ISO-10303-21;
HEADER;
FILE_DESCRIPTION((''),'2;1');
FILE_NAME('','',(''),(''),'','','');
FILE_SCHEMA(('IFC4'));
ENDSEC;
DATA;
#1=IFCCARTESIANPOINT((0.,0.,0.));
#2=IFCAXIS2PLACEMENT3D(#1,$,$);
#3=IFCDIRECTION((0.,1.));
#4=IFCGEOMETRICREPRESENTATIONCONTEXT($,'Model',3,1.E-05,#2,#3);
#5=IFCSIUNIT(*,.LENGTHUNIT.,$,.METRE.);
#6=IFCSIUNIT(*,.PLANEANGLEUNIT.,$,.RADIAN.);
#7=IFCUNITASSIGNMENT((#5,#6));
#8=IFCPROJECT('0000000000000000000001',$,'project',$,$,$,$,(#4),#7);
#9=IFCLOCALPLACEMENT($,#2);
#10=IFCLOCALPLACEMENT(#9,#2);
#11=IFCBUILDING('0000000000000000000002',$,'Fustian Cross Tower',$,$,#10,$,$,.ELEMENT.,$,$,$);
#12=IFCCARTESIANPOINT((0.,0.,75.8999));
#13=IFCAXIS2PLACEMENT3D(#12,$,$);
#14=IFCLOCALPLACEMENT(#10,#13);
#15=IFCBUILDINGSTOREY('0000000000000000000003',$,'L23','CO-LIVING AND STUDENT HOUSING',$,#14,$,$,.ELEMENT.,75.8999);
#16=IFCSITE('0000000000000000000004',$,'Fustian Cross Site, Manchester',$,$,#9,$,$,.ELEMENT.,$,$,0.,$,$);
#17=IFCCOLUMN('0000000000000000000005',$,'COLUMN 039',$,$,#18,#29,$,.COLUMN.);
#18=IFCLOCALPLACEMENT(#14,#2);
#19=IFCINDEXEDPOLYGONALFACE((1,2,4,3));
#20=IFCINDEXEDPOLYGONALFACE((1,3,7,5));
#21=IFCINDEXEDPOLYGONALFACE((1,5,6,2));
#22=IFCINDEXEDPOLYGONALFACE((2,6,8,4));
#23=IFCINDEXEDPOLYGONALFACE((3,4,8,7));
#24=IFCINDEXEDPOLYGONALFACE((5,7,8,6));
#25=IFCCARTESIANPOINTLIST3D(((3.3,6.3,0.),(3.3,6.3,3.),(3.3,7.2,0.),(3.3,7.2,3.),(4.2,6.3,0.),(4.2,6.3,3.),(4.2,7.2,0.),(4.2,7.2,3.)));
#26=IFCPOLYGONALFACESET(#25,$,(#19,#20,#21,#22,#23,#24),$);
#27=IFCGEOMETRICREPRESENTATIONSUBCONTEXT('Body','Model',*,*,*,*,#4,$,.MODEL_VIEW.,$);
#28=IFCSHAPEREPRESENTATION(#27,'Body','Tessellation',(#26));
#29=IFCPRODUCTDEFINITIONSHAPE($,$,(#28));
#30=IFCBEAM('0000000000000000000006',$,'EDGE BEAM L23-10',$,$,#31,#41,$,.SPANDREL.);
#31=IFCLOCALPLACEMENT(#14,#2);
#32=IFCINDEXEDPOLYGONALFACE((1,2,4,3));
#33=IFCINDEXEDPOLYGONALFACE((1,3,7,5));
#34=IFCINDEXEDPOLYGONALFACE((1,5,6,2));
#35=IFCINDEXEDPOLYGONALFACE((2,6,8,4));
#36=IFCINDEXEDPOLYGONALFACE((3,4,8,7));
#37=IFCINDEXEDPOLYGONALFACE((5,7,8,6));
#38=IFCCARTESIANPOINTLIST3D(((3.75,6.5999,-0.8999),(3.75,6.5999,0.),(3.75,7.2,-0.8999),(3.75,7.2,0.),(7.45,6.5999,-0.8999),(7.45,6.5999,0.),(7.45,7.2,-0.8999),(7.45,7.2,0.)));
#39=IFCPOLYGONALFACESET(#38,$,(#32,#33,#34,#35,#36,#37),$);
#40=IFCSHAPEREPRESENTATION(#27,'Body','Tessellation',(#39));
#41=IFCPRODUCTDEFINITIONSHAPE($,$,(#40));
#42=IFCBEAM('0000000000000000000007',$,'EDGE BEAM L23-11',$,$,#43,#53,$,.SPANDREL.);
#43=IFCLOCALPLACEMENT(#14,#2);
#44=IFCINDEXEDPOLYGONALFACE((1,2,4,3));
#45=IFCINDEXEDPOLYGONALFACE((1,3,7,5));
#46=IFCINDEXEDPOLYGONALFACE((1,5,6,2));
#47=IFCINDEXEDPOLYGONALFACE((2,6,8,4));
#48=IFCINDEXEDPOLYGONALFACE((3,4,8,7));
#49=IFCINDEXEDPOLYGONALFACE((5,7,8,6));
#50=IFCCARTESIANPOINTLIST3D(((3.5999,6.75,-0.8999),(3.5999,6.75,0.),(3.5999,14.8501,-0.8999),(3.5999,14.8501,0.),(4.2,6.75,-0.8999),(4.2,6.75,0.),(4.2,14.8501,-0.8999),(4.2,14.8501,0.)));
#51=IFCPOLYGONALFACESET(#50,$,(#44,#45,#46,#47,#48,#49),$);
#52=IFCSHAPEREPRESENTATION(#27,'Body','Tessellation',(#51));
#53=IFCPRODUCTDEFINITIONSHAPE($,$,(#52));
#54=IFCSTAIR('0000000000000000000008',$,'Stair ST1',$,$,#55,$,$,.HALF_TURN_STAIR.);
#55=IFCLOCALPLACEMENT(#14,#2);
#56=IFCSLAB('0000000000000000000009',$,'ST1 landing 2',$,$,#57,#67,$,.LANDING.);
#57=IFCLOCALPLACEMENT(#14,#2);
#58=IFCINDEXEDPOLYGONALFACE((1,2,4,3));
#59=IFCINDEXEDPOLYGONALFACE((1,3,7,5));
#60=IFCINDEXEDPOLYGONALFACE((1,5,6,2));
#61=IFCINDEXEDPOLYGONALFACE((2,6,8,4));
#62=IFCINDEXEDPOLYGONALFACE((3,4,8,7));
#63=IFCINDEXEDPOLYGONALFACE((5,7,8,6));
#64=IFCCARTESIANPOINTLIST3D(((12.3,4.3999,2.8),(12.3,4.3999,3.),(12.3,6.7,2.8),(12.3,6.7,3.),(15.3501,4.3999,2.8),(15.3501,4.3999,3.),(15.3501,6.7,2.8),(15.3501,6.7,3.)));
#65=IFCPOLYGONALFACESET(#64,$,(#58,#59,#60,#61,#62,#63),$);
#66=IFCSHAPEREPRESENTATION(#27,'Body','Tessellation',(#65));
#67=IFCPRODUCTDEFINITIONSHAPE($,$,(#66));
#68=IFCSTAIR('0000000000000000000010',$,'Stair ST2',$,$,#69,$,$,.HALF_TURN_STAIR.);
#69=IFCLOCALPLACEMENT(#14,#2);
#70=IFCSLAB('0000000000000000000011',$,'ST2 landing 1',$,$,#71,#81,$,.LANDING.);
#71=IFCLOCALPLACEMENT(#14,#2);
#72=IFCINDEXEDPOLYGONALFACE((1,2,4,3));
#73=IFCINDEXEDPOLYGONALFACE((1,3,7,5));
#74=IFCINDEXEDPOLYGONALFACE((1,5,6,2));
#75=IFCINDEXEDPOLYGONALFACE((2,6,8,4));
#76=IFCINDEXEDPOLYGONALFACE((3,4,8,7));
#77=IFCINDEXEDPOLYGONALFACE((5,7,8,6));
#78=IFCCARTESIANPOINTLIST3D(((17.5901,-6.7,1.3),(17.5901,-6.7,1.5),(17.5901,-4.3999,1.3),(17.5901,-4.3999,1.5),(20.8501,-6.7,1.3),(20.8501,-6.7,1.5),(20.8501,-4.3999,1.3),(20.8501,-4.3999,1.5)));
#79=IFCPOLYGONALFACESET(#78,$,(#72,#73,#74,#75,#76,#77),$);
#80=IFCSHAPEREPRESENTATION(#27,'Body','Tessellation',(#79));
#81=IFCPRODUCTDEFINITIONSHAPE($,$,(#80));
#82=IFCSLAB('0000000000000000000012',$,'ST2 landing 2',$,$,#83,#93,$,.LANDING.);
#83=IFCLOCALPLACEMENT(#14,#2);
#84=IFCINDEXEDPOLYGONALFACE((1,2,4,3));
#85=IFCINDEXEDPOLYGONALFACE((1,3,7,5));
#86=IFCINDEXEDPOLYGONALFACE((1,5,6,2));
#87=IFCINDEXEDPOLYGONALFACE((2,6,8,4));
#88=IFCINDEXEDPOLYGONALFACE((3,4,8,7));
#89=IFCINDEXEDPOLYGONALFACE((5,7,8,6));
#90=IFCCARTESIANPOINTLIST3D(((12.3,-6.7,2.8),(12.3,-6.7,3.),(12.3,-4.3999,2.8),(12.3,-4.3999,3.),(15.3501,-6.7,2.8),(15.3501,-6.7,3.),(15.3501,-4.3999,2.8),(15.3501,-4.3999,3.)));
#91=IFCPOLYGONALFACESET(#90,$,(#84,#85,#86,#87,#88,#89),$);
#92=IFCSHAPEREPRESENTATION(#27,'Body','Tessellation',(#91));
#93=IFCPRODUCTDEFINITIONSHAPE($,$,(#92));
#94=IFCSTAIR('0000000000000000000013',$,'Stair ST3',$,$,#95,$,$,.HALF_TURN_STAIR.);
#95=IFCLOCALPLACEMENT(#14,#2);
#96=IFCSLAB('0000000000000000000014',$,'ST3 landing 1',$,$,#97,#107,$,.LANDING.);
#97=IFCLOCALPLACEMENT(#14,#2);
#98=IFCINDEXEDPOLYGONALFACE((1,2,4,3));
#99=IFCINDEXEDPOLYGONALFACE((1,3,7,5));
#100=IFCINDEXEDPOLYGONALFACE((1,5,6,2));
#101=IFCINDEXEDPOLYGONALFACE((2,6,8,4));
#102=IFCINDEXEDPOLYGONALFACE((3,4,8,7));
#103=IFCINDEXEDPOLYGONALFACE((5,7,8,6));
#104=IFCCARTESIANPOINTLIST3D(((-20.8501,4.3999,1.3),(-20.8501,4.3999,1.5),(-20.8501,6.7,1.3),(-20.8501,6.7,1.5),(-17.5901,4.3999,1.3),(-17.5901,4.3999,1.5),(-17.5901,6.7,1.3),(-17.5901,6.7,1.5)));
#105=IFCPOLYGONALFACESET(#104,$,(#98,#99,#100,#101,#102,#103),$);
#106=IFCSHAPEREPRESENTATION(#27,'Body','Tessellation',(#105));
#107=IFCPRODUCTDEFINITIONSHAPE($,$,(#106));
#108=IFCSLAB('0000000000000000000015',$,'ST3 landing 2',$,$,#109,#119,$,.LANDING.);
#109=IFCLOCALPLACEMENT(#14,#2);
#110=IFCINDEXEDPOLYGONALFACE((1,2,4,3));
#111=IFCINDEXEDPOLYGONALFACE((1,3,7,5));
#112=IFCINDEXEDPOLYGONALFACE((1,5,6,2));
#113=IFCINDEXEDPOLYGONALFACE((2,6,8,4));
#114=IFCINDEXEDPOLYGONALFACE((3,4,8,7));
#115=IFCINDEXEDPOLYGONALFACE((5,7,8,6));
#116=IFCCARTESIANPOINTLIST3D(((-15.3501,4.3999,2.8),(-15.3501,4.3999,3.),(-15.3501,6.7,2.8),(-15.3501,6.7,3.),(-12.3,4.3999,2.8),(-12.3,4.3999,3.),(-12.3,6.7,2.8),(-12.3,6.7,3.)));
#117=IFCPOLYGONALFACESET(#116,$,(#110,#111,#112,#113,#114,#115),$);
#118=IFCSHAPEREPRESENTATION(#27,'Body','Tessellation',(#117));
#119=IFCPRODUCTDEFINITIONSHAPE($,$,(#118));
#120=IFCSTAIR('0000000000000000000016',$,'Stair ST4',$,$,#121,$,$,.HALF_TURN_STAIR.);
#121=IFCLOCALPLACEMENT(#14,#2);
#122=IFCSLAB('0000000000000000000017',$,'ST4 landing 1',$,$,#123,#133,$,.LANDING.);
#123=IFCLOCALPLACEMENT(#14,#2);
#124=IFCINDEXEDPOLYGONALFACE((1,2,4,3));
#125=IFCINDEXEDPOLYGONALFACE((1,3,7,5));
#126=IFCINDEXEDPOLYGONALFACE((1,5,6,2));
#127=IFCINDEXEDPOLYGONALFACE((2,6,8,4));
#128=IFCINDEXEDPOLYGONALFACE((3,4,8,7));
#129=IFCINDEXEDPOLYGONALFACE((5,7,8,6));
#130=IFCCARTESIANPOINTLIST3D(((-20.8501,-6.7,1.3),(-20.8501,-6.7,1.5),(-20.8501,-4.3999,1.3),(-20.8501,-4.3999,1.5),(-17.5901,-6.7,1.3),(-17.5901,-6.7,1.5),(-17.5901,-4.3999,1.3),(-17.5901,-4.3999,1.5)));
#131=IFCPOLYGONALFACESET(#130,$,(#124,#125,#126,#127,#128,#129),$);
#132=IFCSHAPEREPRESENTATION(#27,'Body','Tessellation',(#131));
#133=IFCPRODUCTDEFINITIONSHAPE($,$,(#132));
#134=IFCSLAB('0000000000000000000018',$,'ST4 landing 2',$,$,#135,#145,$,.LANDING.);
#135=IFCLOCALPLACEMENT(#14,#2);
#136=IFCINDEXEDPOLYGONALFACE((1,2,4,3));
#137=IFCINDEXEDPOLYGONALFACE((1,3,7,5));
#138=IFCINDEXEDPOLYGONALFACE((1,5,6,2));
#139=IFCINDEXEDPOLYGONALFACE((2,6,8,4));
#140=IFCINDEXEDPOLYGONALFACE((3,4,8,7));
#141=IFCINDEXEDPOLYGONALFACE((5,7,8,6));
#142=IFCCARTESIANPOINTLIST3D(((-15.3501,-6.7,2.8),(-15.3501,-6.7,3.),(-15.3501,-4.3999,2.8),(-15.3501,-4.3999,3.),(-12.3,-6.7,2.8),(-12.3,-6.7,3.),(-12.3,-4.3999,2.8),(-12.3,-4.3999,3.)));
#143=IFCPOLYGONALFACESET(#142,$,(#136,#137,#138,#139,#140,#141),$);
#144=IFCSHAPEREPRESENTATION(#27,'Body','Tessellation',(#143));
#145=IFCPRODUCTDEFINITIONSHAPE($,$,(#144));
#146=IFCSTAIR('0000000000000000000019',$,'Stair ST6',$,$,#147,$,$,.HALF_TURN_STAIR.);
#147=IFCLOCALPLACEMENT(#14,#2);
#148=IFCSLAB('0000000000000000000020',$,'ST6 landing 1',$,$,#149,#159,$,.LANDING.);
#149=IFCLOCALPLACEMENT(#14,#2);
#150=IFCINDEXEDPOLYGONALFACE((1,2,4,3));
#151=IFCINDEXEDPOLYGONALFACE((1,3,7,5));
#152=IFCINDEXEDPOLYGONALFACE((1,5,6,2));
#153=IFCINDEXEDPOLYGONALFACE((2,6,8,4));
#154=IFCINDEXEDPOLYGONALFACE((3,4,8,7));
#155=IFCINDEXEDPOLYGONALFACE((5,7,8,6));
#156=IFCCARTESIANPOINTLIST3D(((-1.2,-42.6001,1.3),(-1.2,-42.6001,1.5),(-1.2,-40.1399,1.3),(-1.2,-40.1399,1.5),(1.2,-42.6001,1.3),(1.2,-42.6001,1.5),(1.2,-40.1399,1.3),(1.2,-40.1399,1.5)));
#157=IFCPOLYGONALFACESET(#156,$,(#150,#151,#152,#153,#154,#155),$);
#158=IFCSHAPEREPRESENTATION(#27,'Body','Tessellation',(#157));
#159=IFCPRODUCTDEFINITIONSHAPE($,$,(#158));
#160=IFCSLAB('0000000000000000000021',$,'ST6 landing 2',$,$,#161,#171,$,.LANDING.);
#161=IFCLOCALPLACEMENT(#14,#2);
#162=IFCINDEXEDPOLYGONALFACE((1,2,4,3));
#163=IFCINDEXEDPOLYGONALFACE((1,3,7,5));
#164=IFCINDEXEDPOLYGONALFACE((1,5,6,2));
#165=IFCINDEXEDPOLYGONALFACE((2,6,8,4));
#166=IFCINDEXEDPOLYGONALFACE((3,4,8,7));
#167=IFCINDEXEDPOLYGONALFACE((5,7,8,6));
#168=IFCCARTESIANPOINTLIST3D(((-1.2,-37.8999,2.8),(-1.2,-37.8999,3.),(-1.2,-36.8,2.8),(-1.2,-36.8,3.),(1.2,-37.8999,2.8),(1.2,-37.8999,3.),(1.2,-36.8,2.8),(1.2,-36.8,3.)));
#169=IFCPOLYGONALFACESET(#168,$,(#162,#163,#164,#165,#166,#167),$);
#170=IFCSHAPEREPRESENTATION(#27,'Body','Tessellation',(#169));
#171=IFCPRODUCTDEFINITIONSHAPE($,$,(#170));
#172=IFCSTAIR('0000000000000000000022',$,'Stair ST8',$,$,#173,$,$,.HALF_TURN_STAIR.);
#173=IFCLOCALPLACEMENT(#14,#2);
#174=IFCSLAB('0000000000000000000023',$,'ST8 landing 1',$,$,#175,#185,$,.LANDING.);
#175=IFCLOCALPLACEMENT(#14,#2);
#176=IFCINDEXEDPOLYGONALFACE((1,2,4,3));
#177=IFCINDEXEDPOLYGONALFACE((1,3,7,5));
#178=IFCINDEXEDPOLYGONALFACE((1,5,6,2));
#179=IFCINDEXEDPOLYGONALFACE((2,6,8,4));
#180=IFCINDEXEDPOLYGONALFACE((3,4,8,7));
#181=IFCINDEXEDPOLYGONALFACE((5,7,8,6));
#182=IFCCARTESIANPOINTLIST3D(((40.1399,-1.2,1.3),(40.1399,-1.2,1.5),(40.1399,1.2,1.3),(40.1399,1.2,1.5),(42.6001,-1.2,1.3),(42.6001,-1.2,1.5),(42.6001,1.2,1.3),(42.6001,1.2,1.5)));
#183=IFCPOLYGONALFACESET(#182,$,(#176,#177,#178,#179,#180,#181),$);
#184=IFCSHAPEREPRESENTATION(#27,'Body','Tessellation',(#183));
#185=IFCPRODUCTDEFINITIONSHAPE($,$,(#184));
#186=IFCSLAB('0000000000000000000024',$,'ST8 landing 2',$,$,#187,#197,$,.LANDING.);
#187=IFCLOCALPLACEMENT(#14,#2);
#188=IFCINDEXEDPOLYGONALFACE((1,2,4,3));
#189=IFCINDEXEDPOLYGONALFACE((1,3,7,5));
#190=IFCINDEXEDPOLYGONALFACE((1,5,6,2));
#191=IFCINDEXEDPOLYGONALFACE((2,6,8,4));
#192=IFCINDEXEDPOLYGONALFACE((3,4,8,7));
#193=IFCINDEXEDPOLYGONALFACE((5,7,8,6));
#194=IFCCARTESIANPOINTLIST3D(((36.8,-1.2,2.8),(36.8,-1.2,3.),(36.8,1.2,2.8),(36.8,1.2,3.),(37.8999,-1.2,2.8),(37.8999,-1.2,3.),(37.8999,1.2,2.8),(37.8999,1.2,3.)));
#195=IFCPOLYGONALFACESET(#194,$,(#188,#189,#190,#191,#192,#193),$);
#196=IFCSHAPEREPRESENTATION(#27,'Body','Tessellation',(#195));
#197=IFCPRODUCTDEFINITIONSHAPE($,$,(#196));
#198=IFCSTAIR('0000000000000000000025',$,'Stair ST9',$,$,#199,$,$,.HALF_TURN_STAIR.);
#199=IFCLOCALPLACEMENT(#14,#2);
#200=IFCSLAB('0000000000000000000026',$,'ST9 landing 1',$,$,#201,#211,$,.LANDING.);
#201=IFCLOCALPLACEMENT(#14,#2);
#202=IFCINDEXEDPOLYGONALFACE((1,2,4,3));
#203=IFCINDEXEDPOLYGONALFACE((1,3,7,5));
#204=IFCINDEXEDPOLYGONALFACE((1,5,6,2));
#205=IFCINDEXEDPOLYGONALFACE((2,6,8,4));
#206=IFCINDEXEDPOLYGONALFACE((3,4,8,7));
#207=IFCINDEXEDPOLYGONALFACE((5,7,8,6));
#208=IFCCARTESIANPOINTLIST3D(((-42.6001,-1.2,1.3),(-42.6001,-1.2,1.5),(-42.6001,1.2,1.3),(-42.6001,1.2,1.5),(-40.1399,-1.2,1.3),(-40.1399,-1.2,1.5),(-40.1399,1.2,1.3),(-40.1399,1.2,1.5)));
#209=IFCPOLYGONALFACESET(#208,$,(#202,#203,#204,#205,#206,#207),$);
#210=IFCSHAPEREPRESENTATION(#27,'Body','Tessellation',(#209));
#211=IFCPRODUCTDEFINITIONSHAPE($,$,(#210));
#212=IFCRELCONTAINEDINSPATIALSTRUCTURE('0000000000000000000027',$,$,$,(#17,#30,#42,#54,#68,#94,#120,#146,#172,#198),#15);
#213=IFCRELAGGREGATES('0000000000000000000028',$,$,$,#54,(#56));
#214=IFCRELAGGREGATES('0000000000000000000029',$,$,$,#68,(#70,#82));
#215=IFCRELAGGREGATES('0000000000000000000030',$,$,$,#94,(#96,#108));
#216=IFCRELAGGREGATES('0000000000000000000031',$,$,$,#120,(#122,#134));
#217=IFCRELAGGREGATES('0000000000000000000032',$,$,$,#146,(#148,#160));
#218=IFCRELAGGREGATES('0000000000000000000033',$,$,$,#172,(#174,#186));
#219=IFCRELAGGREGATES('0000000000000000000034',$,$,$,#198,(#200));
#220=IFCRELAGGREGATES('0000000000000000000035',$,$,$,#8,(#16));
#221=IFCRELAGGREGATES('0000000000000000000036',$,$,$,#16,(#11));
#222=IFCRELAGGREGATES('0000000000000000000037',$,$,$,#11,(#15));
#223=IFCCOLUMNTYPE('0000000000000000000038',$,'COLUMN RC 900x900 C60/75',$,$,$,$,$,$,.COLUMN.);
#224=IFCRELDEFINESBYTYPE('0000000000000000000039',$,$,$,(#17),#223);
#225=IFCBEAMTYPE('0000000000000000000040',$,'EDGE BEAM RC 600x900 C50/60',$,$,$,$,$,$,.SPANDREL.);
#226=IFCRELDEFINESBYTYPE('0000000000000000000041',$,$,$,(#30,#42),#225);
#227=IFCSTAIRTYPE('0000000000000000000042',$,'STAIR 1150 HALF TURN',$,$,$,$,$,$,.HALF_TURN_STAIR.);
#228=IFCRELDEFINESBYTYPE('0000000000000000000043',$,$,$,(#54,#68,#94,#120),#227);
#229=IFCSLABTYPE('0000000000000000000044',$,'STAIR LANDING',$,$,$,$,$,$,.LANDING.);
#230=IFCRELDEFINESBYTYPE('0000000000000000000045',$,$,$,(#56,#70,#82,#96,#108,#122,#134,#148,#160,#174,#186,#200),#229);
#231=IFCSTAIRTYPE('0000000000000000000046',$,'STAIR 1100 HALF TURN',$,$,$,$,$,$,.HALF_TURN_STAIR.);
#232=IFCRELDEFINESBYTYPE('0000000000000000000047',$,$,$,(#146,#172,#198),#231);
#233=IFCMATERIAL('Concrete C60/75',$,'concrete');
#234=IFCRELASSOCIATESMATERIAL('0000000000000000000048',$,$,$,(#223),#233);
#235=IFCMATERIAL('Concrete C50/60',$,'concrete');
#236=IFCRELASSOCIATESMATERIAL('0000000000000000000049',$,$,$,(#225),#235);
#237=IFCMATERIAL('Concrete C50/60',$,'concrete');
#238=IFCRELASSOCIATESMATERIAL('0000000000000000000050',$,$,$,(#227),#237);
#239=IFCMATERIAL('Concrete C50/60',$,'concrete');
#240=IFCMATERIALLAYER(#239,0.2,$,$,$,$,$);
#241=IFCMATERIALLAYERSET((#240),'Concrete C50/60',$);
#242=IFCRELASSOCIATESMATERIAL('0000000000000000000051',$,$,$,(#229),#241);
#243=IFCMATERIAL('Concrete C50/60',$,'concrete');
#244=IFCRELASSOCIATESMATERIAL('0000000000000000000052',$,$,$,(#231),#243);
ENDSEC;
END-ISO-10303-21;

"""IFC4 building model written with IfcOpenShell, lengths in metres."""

from ifc_helpers import new_model, si_unit, direction, frame, origin, origin_2d, place, context, subcontext, project, spatial, polyline, rectangle, outline, extrude, material, layer, layer_set, material_profile, profile_set, type_object, element, aggregate, save


model = new_model("IFC4")

# Units and contexts
model_context = context("Model", 3, precision=1e-05, world=origin(), true_north=direction((0.0, 1.0)))
body_context = subcontext(model_context, "Body", "Model", "MODEL_VIEW")
ifc_project = project(units=[si_unit("LENGTHUNIT", "METRE"), si_unit("PLANEANGLEUNIT", "RADIAN")], contexts=[model_context])

# Site, building, storey
site_placement = place(None, origin())
site = spatial("IfcSite", under=ifc_project, at=site_placement, Name="Fustian Cross Site, Manchester", CompositionType="ELEMENT", RefElevation=0.0)
building_placement = place(site_placement, origin())
building = spatial("IfcBuilding", under=site, at=building_placement, Name="Fustian Cross Tower", CompositionType="ELEMENT")
storey_placement = place(building_placement, frame((0.0, 0.0, 75.8999)))
storey = spatial("IfcBuildingStorey", under=building, at=storey_placement, Name="L23", Description="CO-LIVING AND STUDENT HOUSING", CompositionType="ELEMENT", Elevation=75.8999)

# Column
ifc_material_1 = material(Name="Concrete C60/75", Category="concrete")
ifc_material_profile_1 = material_profile(ifc_material_1, rectangle(XDim=0.8999, YDim=0.8999, at=origin_2d()), Name="RC 900x900")
ifc_profile_set_1 = profile_set([ifc_material_profile_1], Name="Concrete C60/75")
column_type = type_object("IfcColumnType", Name="COLUMN RC 900x900 C60/75", PredefinedType="COLUMN", material=ifc_profile_set_1)
column_placement = place(storey_placement, frame((3.75, 6.75, 0.0), z_axis=(0.0, 0.0, 1.0), x_axis=(1.0, 0.0, 0.0)))
element("IfcColumn", 1, at=column_placement, inside=storey, type_object=column_type, Name="COLUMN 039", PredefinedType="COLUMN", context=body_context, shape_type="SweptSolid", body=[
    extrude(rectangle(XDim=0.8999, YDim=0.8999, at=origin_2d()), origin(), (0.0, 0.0, 1.0), 3.0),
])

# Beams
ifc_material_2 = material(Name="Concrete C50/60", Category="concrete")
ifc_material_profile_2 = material_profile(ifc_material_2, rectangle(XDim=0.6001, YDim=0.8999, at=origin_2d()), Name="RC 600x900")
ifc_profile_set_2 = profile_set([ifc_material_profile_2], Name="Concrete C50/60")
beam_type = type_object("IfcBeamType", Name="EDGE BEAM RC 600x900 C50/60", PredefinedType="SPANDREL", material=ifc_profile_set_2)
beam_1_placement = place(storey_placement, frame((7.45, 6.8999, -0.45), z_axis=(-1.0, 0.0, 0.0), x_axis=(0.0, -1.0, 0.0)))
element("IfcBeam", 2, at=beam_1_placement, inside=storey, type_object=beam_type, Name="EDGE BEAM L23-10", PredefinedType="SPANDREL", context=body_context, shape_type="SweptSolid", body=[
    extrude(rectangle(XDim=0.6001, YDim=0.8999, at=origin_2d()), origin(), (0.0, 0.0, 1.0), 3.7),
])
beam_2_placement = place(storey_placement, frame((3.8999, 6.75, -0.45), z_axis=(0.0, 1.0, 0.0), x_axis=(-1.0, 0.0, 0.0)))
element("IfcBeam", 3, at=beam_2_placement, inside=storey, type_object=beam_type, Name="EDGE BEAM L23-11", PredefinedType="SPANDREL", context=body_context, shape_type="SweptSolid", body=[
    extrude(rectangle(XDim=0.6001, YDim=0.8999, at=origin_2d()), origin(), (0.0, 0.0, 1.0), 8.1001),
])

# Stair, slab
ifc_material_3 = material(Name="Concrete C50/60", Category="concrete")
stair_type_1 = type_object("IfcStairType", Name="STAIR 1150 HALF TURN", PredefinedType="HALF_TURN_STAIR", material=ifc_material_3)
stair_1_placement = place(storey_placement, origin())
stair_1 = element("IfcStair", 4, at=stair_1_placement, inside=storey, type_object=stair_type_1, Name="Stair ST1", PredefinedType="HALF_TURN_STAIR")
ifc_material_4 = material(Name="Concrete C50/60", Category="concrete")
ifc_layer_1 = layer(ifc_material_4, 0.2)
ifc_layer_set_1 = layer_set([ifc_layer_1], Name="Concrete C50/60")
slab_type = type_object("IfcSlabType", Name="STAIR LANDING", PredefinedType="LANDING", material=ifc_layer_set_1)
slab_1_placement = place(storey_placement, frame((0.0, 0.0, 2.8)))
slab_1 = element("IfcSlab", 5, at=slab_1_placement, type_object=slab_type, Name="ST1 landing 2", PredefinedType="LANDING", context=body_context, shape_type="SweptSolid", body=[
    extrude(outline(polyline([(12.3, 4.3999), (15.3501, 4.3999), (15.3501, 6.7), (12.3, 6.7), (12.3, 4.3999)])), origin(), (0.0, 0.0, 1.0), 0.2),
])
aggregate(stair_1, [slab_1])

# Stairs, slabs
stair_2_placement = place(storey_placement, origin())
stair_2 = element("IfcStair", 6, at=stair_2_placement, inside=storey, type_object=stair_type_1, Name="Stair ST2", PredefinedType="HALF_TURN_STAIR")
slab_2_placement = place(storey_placement, frame((0.0, 0.0, 1.3)))
slab_2 = element("IfcSlab", 7, at=slab_2_placement, type_object=slab_type, Name="ST2 landing 1", PredefinedType="LANDING", context=body_context, shape_type="SweptSolid", body=[
    extrude(outline(polyline([(17.5901, -4.3999), (20.8501, -4.3999), (20.8501, -6.7), (17.5901, -6.7), (17.5901, -4.3999)])), origin(), (0.0, 0.0, 1.0), 0.2),
])
slab_3_placement = place(storey_placement, frame((0.0, 0.0, 2.8)))
slab_3 = element("IfcSlab", 8, at=slab_3_placement, type_object=slab_type, Name="ST2 landing 2", PredefinedType="LANDING", context=body_context, shape_type="SweptSolid", body=[
    extrude(outline(polyline([(12.3, -4.3999), (15.3501, -4.3999), (15.3501, -6.7), (12.3, -6.7), (12.3, -4.3999)])), origin(), (0.0, 0.0, 1.0), 0.2),
])
aggregate(stair_2, [slab_2, slab_3])
stair_3_placement = place(storey_placement, origin())
stair_3 = element("IfcStair", 9, at=stair_3_placement, inside=storey, type_object=stair_type_1, Name="Stair ST3", PredefinedType="HALF_TURN_STAIR")
slab_4_placement = place(storey_placement, frame((0.0, 0.0, 1.3)))
slab_4 = element("IfcSlab", 10, at=slab_4_placement, type_object=slab_type, Name="ST3 landing 1", PredefinedType="LANDING", context=body_context, shape_type="SweptSolid", body=[
    extrude(outline(polyline([(-17.5901, 4.3999), (-20.8501, 4.3999), (-20.8501, 6.7), (-17.5901, 6.7), (-17.5901, 4.3999)])), origin(), (0.0, 0.0, 1.0), 0.2),
])
slab_5_placement = place(storey_placement, frame((0.0, 0.0, 2.8)))
slab_5 = element("IfcSlab", 11, at=slab_5_placement, type_object=slab_type, Name="ST3 landing 2", PredefinedType="LANDING", context=body_context, shape_type="SweptSolid", body=[
    extrude(outline(polyline([(-12.3, 4.3999), (-15.3501, 4.3999), (-15.3501, 6.7), (-12.3, 6.7), (-12.3, 4.3999)])), origin(), (0.0, 0.0, 1.0), 0.2),
])
aggregate(stair_3, [slab_4, slab_5])
stair_4_placement = place(storey_placement, origin())
stair_4 = element("IfcStair", 12, at=stair_4_placement, inside=storey, type_object=stair_type_1, Name="Stair ST4", PredefinedType="HALF_TURN_STAIR")
slab_6_placement = place(storey_placement, frame((0.0, 0.0, 1.3)))
slab_6 = element("IfcSlab", 13, at=slab_6_placement, type_object=slab_type, Name="ST4 landing 1", PredefinedType="LANDING", context=body_context, shape_type="SweptSolid", body=[
    extrude(outline(polyline([(-17.5901, -4.3999), (-20.8501, -4.3999), (-20.8501, -6.7), (-17.5901, -6.7), (-17.5901, -4.3999)])), origin(), (0.0, 0.0, 1.0), 0.2),
])
slab_7_placement = place(storey_placement, frame((0.0, 0.0, 2.8)))
slab_7 = element("IfcSlab", 14, at=slab_7_placement, type_object=slab_type, Name="ST4 landing 2", PredefinedType="LANDING", context=body_context, shape_type="SweptSolid", body=[
    extrude(outline(polyline([(-12.3, -4.3999), (-15.3501, -4.3999), (-15.3501, -6.7), (-12.3, -6.7), (-12.3, -4.3999)])), origin(), (0.0, 0.0, 1.0), 0.2),
])
aggregate(stair_4, [slab_6, slab_7])
ifc_material_5 = material(Name="Concrete C50/60", Category="concrete")
stair_type_2 = type_object("IfcStairType", Name="STAIR 1100 HALF TURN", PredefinedType="HALF_TURN_STAIR", material=ifc_material_5)
stair_5_placement = place(storey_placement, origin())
stair_5 = element("IfcStair", 15, at=stair_5_placement, inside=storey, type_object=stair_type_2, Name="Stair ST6", PredefinedType="HALF_TURN_STAIR")
slab_8_placement = place(storey_placement, frame((0.0, 0.0, 1.3)))
slab_8 = element("IfcSlab", 16, at=slab_8_placement, type_object=slab_type, Name="ST6 landing 1", PredefinedType="LANDING", context=body_context, shape_type="SweptSolid", body=[
    extrude(outline(polyline([(-1.2, -40.1399), (-1.2, -42.6001), (1.2, -42.6001), (1.2, -40.1399), (-1.2, -40.1399)])), origin(), (0.0, 0.0, 1.0), 0.2),
])
slab_9_placement = place(storey_placement, frame((0.0, 0.0, 2.8)))
slab_9 = element("IfcSlab", 17, at=slab_9_placement, type_object=slab_type, Name="ST6 landing 2", PredefinedType="LANDING", context=body_context, shape_type="SweptSolid", body=[
    extrude(outline(polyline([(-1.2, -36.8), (-1.2, -37.8999), (1.2, -37.8999), (1.2, -36.8), (-1.2, -36.8)])), origin(), (0.0, 0.0, 1.0), 0.2),
])
aggregate(stair_5, [slab_8, slab_9])
stair_6_placement = place(storey_placement, origin())
stair_6 = element("IfcStair", 18, at=stair_6_placement, inside=storey, type_object=stair_type_2, Name="Stair ST8", PredefinedType="HALF_TURN_STAIR")
slab_10_placement = place(storey_placement, frame((0.0, 0.0, 1.3)))
slab_10 = element("IfcSlab", 19, at=slab_10_placement, type_object=slab_type, Name="ST8 landing 1", PredefinedType="LANDING", context=body_context, shape_type="SweptSolid", body=[
    extrude(outline(polyline([(40.1399, -1.2), (42.6001, -1.2), (42.6001, 1.2), (40.1399, 1.2), (40.1399, -1.2)])), origin(), (0.0, 0.0, 1.0), 0.2),
])
slab_11_placement = place(storey_placement, frame((0.0, 0.0, 2.8)))
slab_11 = element("IfcSlab", 20, at=slab_11_placement, type_object=slab_type, Name="ST8 landing 2", PredefinedType="LANDING", context=body_context, shape_type="SweptSolid", body=[
    extrude(outline(polyline([(36.8, -1.2), (37.8999, -1.2), (37.8999, 1.2), (36.8, 1.2), (36.8, -1.2)])), origin(), (0.0, 0.0, 1.0), 0.2),
])
aggregate(stair_6, [slab_10, slab_11])
stair_7_placement = place(storey_placement, origin())
stair_7 = element("IfcStair", 21, at=stair_7_placement, inside=storey, type_object=stair_type_2, Name="Stair ST9", PredefinedType="HALF_TURN_STAIR")
slab_12_placement = place(storey_placement, frame((0.0, 0.0, 1.3)))
slab_12 = element("IfcSlab", 22, at=slab_12_placement, type_object=slab_type, Name="ST9 landing 1", PredefinedType="LANDING", context=body_context, shape_type="SweptSolid", body=[
    extrude(outline(polyline([(-40.1399, -1.2), (-42.6001, -1.2), (-42.6001, 1.2), (-40.1399, 1.2), (-40.1399, -1.2)])), origin(), (0.0, 0.0, 1.0), 0.2),
])
aggregate(stair_7, [slab_12])

save(model, "model.ifc")
